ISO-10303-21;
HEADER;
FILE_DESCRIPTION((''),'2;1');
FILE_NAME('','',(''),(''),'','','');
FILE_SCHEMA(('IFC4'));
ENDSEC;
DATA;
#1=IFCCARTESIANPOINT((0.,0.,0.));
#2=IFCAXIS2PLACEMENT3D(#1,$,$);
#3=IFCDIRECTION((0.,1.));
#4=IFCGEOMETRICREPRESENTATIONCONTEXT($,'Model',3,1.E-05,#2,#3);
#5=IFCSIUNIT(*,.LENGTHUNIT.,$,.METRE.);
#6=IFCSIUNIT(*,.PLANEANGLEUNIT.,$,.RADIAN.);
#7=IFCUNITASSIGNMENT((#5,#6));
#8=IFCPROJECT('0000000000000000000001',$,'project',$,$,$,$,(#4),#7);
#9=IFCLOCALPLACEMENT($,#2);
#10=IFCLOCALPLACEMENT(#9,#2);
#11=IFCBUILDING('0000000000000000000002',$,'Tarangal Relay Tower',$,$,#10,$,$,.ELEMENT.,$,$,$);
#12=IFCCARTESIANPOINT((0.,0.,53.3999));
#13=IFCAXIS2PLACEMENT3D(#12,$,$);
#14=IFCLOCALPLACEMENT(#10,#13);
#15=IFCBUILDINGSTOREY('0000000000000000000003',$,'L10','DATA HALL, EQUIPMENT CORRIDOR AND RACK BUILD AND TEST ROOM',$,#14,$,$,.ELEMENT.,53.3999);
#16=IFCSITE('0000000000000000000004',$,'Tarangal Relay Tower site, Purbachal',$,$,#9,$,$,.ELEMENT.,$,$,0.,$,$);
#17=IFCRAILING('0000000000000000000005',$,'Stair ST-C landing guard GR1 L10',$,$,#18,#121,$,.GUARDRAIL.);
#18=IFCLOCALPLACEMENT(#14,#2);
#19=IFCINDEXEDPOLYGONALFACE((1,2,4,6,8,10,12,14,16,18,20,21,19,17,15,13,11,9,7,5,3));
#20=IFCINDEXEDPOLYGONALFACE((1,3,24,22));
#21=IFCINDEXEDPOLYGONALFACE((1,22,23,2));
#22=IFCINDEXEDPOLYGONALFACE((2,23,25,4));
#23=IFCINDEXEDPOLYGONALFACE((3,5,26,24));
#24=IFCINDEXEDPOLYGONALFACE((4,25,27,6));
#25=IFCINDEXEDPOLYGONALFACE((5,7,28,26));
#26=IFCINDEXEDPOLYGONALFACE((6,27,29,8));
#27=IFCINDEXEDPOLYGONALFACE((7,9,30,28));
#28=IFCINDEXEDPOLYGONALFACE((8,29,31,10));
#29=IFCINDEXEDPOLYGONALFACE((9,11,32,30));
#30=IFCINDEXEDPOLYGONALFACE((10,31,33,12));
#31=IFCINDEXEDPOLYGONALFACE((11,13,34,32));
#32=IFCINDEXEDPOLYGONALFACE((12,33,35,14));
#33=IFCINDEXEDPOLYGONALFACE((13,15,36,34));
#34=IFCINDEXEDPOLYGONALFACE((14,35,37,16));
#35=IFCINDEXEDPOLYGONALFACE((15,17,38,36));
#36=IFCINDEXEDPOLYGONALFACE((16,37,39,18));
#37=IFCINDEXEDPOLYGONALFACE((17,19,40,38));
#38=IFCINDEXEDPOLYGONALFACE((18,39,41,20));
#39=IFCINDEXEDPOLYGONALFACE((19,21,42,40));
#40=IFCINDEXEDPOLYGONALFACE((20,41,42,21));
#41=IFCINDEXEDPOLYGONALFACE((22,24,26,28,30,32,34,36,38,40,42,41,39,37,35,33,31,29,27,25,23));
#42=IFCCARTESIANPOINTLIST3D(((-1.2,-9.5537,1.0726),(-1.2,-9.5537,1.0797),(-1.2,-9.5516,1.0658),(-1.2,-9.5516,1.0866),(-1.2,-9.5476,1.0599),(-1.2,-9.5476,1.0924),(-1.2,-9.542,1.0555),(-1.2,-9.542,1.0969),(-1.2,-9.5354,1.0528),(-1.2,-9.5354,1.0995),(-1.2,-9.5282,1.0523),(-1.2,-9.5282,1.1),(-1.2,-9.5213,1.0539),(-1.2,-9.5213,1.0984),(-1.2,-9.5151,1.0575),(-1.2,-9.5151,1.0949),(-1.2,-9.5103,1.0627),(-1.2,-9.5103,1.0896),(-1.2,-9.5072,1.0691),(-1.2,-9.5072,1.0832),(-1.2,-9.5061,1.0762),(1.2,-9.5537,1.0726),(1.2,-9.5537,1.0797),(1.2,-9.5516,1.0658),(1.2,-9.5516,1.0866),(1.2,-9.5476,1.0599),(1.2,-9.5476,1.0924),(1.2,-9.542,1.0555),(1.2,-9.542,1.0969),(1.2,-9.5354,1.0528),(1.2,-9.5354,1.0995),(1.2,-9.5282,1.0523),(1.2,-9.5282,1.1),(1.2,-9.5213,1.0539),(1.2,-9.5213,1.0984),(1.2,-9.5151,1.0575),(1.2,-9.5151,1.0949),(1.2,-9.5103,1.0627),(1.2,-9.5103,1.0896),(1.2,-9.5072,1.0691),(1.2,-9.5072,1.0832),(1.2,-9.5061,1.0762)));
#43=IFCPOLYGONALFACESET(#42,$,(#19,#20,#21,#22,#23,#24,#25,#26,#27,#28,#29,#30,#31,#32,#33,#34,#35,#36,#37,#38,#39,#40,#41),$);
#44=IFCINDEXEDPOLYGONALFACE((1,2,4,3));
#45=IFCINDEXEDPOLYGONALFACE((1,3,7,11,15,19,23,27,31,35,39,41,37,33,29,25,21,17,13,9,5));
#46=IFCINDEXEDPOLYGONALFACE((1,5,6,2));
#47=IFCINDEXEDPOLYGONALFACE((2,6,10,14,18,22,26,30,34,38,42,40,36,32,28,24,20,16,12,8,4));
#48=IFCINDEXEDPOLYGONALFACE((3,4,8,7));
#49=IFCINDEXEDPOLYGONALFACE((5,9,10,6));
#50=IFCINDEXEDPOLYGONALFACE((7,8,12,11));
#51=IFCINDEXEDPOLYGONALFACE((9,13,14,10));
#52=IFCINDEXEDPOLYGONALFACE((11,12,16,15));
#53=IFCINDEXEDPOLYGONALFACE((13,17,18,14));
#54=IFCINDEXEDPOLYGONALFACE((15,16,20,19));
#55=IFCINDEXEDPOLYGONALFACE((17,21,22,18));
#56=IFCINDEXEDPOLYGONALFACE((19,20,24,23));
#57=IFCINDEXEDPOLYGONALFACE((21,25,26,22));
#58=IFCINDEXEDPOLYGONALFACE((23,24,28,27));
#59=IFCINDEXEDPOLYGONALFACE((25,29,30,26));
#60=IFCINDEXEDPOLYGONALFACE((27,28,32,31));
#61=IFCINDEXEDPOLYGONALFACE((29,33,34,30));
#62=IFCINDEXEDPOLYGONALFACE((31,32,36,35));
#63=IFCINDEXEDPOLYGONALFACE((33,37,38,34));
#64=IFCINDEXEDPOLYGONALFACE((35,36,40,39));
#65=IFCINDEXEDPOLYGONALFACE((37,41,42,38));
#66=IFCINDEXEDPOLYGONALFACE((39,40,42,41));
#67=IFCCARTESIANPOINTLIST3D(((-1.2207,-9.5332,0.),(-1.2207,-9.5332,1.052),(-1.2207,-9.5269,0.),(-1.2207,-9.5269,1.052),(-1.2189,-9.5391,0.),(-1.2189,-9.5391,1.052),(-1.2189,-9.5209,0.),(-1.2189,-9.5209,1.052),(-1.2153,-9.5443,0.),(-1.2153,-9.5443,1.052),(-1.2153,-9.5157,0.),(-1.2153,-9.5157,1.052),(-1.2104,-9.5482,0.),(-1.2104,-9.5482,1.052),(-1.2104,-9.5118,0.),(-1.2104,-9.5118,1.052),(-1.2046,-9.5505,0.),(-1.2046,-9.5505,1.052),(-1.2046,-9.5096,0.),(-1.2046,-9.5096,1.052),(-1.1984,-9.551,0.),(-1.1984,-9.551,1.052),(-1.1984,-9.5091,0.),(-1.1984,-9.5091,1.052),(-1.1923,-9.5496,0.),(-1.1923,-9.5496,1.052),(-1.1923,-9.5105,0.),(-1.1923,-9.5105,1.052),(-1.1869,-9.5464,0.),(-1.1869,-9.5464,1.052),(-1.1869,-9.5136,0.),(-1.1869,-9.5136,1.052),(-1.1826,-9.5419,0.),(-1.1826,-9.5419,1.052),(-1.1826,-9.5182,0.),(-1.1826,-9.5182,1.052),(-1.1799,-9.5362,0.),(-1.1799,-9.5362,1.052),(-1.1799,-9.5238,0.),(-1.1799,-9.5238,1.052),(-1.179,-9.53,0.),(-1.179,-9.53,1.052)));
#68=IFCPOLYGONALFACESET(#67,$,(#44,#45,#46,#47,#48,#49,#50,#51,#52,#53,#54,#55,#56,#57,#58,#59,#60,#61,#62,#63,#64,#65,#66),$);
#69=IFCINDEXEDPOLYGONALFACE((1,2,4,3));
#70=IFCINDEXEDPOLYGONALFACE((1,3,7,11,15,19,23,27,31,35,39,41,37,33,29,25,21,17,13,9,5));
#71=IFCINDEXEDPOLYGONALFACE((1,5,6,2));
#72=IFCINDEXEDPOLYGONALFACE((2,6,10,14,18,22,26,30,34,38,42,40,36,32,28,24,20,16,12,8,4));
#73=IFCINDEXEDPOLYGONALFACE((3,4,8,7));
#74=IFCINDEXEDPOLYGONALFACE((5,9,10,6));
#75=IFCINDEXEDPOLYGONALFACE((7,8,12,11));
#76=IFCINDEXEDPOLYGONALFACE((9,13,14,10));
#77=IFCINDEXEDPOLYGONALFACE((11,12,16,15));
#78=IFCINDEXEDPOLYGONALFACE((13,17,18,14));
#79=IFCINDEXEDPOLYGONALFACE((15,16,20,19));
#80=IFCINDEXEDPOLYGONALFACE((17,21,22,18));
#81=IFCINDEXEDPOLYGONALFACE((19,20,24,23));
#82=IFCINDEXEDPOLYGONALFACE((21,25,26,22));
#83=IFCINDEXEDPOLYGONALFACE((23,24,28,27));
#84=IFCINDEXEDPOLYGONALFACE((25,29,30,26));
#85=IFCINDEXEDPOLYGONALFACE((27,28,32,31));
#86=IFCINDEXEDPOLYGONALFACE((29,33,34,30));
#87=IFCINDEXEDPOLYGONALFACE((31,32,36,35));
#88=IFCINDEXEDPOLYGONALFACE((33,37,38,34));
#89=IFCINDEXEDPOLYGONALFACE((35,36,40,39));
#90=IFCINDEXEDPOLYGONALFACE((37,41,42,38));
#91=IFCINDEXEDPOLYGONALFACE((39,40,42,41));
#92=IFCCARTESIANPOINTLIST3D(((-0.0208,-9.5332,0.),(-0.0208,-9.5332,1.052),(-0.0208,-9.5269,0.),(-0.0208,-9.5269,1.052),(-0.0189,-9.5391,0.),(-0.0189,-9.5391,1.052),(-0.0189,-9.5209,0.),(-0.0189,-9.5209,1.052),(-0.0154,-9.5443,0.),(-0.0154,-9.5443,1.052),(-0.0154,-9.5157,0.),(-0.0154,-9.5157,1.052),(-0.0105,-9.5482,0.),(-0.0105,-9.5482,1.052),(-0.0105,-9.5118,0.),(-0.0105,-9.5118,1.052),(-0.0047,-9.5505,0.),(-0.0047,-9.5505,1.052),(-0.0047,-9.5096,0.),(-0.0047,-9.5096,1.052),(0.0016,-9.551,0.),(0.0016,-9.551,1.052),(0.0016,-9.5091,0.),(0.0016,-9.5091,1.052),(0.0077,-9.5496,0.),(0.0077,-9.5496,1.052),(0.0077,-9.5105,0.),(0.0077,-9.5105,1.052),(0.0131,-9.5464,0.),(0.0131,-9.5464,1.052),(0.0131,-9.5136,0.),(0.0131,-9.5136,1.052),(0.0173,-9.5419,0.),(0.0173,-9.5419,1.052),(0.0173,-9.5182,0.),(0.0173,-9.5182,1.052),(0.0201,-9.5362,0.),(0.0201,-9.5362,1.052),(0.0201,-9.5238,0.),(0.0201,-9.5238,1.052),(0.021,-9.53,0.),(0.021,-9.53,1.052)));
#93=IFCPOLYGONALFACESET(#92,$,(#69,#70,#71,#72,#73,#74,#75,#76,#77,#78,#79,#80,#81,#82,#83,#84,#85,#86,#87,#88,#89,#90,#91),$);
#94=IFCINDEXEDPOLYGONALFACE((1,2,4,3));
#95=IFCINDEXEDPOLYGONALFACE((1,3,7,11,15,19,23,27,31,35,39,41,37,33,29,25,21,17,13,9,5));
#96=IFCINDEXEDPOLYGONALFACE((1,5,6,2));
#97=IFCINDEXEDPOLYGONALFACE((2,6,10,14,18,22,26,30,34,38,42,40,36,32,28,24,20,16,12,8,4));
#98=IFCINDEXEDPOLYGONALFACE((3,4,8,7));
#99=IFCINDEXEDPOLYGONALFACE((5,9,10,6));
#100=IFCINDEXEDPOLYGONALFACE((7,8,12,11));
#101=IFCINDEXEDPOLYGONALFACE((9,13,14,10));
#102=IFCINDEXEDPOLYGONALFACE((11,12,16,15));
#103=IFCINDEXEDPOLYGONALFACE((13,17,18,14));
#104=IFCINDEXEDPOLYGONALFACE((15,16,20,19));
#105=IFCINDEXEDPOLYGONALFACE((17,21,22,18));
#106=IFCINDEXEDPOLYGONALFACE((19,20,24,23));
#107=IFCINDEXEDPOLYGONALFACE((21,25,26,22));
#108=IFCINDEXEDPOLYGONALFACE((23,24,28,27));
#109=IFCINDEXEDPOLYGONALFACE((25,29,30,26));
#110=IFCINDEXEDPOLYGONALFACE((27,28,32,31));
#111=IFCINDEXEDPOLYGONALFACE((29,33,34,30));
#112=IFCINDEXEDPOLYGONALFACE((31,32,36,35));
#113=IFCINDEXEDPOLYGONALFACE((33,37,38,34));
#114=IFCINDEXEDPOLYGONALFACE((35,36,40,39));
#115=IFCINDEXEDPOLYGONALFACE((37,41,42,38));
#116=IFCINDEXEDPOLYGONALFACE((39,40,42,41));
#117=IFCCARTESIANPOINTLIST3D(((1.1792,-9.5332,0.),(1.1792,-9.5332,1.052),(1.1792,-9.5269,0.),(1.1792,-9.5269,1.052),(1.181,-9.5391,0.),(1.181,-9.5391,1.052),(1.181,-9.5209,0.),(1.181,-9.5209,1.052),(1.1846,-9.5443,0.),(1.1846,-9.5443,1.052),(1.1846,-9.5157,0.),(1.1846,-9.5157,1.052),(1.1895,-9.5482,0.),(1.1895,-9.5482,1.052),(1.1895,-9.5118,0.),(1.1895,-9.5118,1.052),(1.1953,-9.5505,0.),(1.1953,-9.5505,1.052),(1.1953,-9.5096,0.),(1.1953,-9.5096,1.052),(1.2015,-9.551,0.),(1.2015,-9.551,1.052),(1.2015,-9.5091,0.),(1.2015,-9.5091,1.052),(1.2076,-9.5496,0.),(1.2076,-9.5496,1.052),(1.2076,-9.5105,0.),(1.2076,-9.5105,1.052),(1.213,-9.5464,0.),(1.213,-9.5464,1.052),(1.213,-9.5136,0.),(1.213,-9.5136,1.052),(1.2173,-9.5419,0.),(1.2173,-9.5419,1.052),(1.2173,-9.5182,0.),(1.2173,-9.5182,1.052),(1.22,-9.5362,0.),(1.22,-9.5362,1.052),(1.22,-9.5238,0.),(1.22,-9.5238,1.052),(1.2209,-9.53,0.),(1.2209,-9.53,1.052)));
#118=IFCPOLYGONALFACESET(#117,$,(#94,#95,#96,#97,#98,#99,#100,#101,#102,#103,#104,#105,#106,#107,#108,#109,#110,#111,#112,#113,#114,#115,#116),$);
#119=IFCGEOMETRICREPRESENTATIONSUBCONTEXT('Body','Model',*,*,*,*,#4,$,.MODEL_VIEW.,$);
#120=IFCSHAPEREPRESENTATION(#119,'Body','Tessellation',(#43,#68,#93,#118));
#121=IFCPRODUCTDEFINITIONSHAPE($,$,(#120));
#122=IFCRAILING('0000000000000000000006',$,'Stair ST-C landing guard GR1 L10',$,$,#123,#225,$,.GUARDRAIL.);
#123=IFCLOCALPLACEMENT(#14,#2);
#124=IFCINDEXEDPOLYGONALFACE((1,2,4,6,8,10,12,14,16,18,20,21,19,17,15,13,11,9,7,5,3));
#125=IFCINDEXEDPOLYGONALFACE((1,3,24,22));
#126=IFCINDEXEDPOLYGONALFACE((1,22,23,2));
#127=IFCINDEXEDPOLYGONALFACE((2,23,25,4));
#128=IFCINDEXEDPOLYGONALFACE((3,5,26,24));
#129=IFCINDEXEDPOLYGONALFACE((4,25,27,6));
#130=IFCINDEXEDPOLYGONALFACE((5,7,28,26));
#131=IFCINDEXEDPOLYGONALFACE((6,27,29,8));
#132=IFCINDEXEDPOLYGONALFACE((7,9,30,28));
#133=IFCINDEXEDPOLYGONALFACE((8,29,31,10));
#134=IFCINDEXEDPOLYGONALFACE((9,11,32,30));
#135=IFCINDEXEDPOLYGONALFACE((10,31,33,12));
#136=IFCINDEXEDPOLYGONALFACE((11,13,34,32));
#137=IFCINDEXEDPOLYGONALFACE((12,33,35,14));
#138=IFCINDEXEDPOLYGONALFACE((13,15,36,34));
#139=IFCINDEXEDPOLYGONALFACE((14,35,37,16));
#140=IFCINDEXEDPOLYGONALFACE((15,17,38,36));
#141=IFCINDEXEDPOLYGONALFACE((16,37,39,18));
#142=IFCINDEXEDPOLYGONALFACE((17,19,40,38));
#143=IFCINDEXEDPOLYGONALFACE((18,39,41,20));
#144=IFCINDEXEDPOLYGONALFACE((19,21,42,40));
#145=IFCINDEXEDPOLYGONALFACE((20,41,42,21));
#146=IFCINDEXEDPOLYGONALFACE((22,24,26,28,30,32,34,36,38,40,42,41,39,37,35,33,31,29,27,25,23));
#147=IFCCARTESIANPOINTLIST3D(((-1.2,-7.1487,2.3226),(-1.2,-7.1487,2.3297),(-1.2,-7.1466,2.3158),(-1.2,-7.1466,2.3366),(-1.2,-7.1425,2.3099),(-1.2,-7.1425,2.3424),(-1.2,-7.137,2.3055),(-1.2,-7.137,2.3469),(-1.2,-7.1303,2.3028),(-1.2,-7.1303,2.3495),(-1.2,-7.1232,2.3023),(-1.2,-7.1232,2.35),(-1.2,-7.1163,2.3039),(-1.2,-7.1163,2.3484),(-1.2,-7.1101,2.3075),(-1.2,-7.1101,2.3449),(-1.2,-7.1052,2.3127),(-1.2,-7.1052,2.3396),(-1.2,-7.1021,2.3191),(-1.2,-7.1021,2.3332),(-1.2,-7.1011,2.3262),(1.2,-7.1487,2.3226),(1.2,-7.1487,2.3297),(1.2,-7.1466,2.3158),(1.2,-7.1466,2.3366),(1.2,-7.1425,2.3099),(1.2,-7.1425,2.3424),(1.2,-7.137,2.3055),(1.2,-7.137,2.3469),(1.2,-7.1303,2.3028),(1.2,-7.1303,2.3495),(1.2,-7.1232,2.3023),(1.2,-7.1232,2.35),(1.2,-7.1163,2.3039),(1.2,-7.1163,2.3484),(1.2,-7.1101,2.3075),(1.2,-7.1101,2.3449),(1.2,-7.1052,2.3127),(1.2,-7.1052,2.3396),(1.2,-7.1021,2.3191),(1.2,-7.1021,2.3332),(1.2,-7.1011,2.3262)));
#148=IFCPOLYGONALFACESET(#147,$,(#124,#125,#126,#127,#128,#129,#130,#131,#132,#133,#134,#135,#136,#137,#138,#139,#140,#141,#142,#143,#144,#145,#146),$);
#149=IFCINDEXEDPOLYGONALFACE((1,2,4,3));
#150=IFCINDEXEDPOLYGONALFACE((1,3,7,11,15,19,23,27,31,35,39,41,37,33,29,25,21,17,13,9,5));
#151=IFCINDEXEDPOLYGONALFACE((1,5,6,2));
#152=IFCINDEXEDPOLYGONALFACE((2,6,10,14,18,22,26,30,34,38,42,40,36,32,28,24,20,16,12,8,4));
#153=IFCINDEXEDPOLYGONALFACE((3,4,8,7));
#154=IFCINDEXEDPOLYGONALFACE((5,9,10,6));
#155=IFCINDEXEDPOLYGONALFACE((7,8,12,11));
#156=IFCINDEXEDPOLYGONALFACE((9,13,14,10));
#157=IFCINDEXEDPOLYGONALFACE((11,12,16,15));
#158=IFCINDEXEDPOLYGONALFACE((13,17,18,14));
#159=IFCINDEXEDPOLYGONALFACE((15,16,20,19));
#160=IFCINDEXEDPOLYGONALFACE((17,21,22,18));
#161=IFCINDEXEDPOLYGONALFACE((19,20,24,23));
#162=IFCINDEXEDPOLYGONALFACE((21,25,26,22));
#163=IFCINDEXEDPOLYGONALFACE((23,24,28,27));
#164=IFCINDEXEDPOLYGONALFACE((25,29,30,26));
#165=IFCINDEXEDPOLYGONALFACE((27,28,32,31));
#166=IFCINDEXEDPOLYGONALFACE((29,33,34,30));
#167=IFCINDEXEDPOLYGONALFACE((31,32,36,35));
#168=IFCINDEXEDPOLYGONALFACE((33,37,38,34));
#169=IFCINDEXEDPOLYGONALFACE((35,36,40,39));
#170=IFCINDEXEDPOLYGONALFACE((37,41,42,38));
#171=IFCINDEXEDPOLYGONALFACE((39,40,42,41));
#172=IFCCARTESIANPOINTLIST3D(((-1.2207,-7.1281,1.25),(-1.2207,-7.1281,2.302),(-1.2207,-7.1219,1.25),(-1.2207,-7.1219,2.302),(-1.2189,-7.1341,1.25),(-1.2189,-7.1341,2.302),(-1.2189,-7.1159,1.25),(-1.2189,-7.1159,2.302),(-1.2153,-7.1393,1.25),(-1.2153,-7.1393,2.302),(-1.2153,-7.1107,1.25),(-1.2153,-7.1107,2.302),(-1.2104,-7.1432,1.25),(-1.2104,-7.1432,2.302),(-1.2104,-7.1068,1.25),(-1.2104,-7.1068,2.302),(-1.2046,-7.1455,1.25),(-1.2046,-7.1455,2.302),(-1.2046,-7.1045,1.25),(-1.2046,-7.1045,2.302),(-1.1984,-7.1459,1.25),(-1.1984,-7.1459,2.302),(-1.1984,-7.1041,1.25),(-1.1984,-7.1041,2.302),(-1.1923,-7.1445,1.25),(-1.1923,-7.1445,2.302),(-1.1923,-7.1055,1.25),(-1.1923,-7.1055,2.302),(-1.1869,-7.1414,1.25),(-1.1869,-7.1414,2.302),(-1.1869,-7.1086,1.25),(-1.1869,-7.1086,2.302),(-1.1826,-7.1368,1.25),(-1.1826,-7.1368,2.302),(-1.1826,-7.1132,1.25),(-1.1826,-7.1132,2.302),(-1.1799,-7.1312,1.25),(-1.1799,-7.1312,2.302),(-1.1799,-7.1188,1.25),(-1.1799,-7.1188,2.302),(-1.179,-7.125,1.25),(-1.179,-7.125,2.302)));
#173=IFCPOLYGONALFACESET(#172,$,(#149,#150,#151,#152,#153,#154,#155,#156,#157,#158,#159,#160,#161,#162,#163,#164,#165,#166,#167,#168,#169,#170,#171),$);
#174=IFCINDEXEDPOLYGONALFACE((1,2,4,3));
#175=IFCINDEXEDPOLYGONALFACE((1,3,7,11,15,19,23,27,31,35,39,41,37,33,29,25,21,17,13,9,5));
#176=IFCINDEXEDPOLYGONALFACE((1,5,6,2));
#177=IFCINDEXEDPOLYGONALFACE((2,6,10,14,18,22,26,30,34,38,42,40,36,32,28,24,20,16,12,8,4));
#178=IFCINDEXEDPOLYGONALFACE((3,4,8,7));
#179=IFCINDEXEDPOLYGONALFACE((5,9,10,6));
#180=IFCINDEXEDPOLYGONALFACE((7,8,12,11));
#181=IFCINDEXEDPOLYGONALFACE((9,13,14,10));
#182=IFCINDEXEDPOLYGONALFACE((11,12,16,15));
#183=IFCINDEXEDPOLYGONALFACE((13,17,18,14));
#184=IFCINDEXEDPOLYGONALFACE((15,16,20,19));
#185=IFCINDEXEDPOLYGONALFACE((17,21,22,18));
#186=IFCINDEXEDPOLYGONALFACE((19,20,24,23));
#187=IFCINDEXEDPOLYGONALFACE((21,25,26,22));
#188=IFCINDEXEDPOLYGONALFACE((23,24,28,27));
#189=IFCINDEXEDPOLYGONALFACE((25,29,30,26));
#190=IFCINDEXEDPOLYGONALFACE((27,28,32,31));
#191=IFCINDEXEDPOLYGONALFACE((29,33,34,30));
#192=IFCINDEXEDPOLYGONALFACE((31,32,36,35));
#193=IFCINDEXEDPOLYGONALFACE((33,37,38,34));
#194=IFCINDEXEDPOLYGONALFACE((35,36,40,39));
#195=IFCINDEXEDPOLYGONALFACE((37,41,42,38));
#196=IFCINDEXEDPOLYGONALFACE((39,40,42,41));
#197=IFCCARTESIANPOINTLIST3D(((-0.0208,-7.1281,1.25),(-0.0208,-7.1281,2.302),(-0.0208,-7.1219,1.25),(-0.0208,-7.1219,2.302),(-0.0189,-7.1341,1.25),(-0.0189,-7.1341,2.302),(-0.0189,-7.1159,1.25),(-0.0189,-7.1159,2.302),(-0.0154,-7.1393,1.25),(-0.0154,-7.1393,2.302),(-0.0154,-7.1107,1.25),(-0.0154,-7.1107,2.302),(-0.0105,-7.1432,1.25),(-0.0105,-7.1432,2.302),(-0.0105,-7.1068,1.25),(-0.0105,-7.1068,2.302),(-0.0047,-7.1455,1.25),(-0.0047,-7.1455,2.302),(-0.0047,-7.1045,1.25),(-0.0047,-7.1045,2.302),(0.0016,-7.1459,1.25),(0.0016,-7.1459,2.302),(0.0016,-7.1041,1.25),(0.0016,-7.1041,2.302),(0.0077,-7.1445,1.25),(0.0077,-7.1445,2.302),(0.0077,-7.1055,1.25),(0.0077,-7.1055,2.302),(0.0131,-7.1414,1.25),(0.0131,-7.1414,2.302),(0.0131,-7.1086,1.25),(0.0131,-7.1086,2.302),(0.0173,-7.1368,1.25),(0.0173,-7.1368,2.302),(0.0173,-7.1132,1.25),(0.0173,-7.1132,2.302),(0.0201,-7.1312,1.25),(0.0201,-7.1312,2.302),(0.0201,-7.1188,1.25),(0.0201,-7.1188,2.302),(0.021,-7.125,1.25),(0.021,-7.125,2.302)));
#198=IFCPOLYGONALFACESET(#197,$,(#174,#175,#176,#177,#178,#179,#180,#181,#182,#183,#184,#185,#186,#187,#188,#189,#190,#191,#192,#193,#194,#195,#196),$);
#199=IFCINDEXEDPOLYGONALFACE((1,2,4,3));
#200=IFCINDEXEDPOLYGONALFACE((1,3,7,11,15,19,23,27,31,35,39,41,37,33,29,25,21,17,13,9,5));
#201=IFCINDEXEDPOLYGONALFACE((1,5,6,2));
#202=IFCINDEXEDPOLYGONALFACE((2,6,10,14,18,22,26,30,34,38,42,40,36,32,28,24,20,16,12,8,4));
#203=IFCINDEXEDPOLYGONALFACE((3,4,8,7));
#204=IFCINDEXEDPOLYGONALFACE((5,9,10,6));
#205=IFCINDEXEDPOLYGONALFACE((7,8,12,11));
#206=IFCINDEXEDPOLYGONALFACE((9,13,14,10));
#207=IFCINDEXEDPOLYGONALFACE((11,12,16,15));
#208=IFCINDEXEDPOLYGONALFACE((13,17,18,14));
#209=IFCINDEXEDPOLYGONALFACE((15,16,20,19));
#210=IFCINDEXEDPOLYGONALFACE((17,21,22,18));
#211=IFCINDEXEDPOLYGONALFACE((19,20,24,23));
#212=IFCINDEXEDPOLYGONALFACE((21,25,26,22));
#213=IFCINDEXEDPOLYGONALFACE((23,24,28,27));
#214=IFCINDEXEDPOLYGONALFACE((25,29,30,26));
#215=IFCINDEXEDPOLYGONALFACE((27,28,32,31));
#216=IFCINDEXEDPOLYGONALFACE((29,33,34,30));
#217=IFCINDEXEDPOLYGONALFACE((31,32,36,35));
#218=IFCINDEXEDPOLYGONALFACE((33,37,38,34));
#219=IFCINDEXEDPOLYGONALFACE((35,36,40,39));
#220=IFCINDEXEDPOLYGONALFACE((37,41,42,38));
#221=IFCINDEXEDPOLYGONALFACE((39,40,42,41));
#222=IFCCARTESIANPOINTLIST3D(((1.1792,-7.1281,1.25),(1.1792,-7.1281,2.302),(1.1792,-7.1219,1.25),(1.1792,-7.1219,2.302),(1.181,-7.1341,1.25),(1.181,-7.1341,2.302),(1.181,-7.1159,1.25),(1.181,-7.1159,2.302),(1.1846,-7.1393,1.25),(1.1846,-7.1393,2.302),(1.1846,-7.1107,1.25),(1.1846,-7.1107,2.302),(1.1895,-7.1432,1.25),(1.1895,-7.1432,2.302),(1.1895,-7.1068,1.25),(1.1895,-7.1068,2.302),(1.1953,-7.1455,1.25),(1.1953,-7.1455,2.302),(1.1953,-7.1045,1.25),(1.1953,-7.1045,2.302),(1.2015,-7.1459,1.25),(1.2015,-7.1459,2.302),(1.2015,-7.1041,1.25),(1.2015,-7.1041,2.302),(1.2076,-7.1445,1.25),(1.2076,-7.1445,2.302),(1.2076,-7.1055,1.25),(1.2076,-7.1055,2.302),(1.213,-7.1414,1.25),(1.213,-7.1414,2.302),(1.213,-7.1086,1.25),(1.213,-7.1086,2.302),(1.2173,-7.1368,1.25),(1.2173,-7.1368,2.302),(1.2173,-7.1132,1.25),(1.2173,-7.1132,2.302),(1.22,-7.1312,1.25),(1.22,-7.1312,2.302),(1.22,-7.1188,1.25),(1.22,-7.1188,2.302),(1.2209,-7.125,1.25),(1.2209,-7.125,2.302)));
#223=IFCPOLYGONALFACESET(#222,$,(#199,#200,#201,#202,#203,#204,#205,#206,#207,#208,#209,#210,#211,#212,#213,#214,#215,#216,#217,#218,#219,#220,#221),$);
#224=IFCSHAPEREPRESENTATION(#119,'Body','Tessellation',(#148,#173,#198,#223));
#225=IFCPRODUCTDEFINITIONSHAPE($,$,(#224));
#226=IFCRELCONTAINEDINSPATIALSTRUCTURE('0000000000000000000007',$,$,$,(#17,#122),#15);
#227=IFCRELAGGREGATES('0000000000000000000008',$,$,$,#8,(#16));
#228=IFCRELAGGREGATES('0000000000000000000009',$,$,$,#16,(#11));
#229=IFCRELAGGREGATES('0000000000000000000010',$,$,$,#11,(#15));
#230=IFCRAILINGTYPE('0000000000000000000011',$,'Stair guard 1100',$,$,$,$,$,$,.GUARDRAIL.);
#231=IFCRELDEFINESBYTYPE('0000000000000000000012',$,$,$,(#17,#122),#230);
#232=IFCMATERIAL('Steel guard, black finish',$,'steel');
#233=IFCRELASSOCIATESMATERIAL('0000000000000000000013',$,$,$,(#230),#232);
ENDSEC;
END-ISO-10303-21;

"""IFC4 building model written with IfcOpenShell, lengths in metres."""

from ifc_helpers import new_model, si_unit, direction, frame, origin, origin_2d, place, context, subcontext, project, spatial, circle, extrude, material, type_object, element, save


model = new_model("IFC4")

# Units and contexts
model_context = context("Model", 3, precision=1e-05, world=origin(), true_north=direction((0.0, 1.0)))
body_context = subcontext(model_context, "Body", "Model", "MODEL_VIEW")
ifc_project = project(units=[si_unit("LENGTHUNIT", "METRE"), si_unit("PLANEANGLEUNIT", "RADIAN")], contexts=[model_context])

# Site, building, storey
site_placement = place(None, origin())
site = spatial("IfcSite", under=ifc_project, at=site_placement, Name="Tarangal Relay Tower site, Purbachal", CompositionType="ELEMENT", RefElevation=0.0)
building_placement = place(site_placement, origin())
building = spatial("IfcBuilding", under=site, at=building_placement, Name="Tarangal Relay Tower", CompositionType="ELEMENT")
storey_placement = place(building_placement, frame((0.0, 0.0, 53.3999)))
storey = spatial("IfcBuildingStorey", under=building, at=storey_placement, Name="L10", Description="DATA HALL, EQUIPMENT CORRIDOR AND RACK BUILD AND TEST ROOM", CompositionType="ELEMENT", Elevation=53.3999)

# Railings
ifc_material_1 = material(Name="Steel guard, black finish", Category="steel")
railing_type_1 = type_object("IfcRailingType", Name="Stair guard 1100", PredefinedType="GUARDRAIL", material=ifc_material_1)
for number, where, name in (
    (1, (-1.2, -9.53, 0.0), "Stair ST-C landing guard GR1 L10"),
    (2, (-1.2, -7.125, 1.25), "Stair ST-C landing guard GR1 L10"),
):
    element("IfcRailing", number, at=place(storey_placement, frame(where)), inside=storey, type_object=railing_type_1, Name=name, PredefinedType="GUARDRAIL", context=body_context, shape_type="SweptSolid", body=[
        extrude(circle(Radius=0.0239, at=origin_2d()), frame((0.0, 0.0, 1.0762), z_axis=(1.0, 0.0, 0.0), x_axis=(0.0, 1.0, 0.0)), (0.0, 0.0, 1.0), 2.3999),
        extrude(circle(Radius=0.021, at=origin_2d()), origin(), (0.0, 0.0, 1.0), 1.052),
        extrude(circle(Radius=0.021, at=origin_2d()), frame((1.2, 0.0, 0.0)), (0.0, 0.0, 1.0), 1.052),
        extrude(circle(Radius=0.021, at=origin_2d()), frame((2.3999, 0.0, 0.0)), (0.0, 0.0, 1.0), 1.052),
    ])

save(model, "model.ifc")
